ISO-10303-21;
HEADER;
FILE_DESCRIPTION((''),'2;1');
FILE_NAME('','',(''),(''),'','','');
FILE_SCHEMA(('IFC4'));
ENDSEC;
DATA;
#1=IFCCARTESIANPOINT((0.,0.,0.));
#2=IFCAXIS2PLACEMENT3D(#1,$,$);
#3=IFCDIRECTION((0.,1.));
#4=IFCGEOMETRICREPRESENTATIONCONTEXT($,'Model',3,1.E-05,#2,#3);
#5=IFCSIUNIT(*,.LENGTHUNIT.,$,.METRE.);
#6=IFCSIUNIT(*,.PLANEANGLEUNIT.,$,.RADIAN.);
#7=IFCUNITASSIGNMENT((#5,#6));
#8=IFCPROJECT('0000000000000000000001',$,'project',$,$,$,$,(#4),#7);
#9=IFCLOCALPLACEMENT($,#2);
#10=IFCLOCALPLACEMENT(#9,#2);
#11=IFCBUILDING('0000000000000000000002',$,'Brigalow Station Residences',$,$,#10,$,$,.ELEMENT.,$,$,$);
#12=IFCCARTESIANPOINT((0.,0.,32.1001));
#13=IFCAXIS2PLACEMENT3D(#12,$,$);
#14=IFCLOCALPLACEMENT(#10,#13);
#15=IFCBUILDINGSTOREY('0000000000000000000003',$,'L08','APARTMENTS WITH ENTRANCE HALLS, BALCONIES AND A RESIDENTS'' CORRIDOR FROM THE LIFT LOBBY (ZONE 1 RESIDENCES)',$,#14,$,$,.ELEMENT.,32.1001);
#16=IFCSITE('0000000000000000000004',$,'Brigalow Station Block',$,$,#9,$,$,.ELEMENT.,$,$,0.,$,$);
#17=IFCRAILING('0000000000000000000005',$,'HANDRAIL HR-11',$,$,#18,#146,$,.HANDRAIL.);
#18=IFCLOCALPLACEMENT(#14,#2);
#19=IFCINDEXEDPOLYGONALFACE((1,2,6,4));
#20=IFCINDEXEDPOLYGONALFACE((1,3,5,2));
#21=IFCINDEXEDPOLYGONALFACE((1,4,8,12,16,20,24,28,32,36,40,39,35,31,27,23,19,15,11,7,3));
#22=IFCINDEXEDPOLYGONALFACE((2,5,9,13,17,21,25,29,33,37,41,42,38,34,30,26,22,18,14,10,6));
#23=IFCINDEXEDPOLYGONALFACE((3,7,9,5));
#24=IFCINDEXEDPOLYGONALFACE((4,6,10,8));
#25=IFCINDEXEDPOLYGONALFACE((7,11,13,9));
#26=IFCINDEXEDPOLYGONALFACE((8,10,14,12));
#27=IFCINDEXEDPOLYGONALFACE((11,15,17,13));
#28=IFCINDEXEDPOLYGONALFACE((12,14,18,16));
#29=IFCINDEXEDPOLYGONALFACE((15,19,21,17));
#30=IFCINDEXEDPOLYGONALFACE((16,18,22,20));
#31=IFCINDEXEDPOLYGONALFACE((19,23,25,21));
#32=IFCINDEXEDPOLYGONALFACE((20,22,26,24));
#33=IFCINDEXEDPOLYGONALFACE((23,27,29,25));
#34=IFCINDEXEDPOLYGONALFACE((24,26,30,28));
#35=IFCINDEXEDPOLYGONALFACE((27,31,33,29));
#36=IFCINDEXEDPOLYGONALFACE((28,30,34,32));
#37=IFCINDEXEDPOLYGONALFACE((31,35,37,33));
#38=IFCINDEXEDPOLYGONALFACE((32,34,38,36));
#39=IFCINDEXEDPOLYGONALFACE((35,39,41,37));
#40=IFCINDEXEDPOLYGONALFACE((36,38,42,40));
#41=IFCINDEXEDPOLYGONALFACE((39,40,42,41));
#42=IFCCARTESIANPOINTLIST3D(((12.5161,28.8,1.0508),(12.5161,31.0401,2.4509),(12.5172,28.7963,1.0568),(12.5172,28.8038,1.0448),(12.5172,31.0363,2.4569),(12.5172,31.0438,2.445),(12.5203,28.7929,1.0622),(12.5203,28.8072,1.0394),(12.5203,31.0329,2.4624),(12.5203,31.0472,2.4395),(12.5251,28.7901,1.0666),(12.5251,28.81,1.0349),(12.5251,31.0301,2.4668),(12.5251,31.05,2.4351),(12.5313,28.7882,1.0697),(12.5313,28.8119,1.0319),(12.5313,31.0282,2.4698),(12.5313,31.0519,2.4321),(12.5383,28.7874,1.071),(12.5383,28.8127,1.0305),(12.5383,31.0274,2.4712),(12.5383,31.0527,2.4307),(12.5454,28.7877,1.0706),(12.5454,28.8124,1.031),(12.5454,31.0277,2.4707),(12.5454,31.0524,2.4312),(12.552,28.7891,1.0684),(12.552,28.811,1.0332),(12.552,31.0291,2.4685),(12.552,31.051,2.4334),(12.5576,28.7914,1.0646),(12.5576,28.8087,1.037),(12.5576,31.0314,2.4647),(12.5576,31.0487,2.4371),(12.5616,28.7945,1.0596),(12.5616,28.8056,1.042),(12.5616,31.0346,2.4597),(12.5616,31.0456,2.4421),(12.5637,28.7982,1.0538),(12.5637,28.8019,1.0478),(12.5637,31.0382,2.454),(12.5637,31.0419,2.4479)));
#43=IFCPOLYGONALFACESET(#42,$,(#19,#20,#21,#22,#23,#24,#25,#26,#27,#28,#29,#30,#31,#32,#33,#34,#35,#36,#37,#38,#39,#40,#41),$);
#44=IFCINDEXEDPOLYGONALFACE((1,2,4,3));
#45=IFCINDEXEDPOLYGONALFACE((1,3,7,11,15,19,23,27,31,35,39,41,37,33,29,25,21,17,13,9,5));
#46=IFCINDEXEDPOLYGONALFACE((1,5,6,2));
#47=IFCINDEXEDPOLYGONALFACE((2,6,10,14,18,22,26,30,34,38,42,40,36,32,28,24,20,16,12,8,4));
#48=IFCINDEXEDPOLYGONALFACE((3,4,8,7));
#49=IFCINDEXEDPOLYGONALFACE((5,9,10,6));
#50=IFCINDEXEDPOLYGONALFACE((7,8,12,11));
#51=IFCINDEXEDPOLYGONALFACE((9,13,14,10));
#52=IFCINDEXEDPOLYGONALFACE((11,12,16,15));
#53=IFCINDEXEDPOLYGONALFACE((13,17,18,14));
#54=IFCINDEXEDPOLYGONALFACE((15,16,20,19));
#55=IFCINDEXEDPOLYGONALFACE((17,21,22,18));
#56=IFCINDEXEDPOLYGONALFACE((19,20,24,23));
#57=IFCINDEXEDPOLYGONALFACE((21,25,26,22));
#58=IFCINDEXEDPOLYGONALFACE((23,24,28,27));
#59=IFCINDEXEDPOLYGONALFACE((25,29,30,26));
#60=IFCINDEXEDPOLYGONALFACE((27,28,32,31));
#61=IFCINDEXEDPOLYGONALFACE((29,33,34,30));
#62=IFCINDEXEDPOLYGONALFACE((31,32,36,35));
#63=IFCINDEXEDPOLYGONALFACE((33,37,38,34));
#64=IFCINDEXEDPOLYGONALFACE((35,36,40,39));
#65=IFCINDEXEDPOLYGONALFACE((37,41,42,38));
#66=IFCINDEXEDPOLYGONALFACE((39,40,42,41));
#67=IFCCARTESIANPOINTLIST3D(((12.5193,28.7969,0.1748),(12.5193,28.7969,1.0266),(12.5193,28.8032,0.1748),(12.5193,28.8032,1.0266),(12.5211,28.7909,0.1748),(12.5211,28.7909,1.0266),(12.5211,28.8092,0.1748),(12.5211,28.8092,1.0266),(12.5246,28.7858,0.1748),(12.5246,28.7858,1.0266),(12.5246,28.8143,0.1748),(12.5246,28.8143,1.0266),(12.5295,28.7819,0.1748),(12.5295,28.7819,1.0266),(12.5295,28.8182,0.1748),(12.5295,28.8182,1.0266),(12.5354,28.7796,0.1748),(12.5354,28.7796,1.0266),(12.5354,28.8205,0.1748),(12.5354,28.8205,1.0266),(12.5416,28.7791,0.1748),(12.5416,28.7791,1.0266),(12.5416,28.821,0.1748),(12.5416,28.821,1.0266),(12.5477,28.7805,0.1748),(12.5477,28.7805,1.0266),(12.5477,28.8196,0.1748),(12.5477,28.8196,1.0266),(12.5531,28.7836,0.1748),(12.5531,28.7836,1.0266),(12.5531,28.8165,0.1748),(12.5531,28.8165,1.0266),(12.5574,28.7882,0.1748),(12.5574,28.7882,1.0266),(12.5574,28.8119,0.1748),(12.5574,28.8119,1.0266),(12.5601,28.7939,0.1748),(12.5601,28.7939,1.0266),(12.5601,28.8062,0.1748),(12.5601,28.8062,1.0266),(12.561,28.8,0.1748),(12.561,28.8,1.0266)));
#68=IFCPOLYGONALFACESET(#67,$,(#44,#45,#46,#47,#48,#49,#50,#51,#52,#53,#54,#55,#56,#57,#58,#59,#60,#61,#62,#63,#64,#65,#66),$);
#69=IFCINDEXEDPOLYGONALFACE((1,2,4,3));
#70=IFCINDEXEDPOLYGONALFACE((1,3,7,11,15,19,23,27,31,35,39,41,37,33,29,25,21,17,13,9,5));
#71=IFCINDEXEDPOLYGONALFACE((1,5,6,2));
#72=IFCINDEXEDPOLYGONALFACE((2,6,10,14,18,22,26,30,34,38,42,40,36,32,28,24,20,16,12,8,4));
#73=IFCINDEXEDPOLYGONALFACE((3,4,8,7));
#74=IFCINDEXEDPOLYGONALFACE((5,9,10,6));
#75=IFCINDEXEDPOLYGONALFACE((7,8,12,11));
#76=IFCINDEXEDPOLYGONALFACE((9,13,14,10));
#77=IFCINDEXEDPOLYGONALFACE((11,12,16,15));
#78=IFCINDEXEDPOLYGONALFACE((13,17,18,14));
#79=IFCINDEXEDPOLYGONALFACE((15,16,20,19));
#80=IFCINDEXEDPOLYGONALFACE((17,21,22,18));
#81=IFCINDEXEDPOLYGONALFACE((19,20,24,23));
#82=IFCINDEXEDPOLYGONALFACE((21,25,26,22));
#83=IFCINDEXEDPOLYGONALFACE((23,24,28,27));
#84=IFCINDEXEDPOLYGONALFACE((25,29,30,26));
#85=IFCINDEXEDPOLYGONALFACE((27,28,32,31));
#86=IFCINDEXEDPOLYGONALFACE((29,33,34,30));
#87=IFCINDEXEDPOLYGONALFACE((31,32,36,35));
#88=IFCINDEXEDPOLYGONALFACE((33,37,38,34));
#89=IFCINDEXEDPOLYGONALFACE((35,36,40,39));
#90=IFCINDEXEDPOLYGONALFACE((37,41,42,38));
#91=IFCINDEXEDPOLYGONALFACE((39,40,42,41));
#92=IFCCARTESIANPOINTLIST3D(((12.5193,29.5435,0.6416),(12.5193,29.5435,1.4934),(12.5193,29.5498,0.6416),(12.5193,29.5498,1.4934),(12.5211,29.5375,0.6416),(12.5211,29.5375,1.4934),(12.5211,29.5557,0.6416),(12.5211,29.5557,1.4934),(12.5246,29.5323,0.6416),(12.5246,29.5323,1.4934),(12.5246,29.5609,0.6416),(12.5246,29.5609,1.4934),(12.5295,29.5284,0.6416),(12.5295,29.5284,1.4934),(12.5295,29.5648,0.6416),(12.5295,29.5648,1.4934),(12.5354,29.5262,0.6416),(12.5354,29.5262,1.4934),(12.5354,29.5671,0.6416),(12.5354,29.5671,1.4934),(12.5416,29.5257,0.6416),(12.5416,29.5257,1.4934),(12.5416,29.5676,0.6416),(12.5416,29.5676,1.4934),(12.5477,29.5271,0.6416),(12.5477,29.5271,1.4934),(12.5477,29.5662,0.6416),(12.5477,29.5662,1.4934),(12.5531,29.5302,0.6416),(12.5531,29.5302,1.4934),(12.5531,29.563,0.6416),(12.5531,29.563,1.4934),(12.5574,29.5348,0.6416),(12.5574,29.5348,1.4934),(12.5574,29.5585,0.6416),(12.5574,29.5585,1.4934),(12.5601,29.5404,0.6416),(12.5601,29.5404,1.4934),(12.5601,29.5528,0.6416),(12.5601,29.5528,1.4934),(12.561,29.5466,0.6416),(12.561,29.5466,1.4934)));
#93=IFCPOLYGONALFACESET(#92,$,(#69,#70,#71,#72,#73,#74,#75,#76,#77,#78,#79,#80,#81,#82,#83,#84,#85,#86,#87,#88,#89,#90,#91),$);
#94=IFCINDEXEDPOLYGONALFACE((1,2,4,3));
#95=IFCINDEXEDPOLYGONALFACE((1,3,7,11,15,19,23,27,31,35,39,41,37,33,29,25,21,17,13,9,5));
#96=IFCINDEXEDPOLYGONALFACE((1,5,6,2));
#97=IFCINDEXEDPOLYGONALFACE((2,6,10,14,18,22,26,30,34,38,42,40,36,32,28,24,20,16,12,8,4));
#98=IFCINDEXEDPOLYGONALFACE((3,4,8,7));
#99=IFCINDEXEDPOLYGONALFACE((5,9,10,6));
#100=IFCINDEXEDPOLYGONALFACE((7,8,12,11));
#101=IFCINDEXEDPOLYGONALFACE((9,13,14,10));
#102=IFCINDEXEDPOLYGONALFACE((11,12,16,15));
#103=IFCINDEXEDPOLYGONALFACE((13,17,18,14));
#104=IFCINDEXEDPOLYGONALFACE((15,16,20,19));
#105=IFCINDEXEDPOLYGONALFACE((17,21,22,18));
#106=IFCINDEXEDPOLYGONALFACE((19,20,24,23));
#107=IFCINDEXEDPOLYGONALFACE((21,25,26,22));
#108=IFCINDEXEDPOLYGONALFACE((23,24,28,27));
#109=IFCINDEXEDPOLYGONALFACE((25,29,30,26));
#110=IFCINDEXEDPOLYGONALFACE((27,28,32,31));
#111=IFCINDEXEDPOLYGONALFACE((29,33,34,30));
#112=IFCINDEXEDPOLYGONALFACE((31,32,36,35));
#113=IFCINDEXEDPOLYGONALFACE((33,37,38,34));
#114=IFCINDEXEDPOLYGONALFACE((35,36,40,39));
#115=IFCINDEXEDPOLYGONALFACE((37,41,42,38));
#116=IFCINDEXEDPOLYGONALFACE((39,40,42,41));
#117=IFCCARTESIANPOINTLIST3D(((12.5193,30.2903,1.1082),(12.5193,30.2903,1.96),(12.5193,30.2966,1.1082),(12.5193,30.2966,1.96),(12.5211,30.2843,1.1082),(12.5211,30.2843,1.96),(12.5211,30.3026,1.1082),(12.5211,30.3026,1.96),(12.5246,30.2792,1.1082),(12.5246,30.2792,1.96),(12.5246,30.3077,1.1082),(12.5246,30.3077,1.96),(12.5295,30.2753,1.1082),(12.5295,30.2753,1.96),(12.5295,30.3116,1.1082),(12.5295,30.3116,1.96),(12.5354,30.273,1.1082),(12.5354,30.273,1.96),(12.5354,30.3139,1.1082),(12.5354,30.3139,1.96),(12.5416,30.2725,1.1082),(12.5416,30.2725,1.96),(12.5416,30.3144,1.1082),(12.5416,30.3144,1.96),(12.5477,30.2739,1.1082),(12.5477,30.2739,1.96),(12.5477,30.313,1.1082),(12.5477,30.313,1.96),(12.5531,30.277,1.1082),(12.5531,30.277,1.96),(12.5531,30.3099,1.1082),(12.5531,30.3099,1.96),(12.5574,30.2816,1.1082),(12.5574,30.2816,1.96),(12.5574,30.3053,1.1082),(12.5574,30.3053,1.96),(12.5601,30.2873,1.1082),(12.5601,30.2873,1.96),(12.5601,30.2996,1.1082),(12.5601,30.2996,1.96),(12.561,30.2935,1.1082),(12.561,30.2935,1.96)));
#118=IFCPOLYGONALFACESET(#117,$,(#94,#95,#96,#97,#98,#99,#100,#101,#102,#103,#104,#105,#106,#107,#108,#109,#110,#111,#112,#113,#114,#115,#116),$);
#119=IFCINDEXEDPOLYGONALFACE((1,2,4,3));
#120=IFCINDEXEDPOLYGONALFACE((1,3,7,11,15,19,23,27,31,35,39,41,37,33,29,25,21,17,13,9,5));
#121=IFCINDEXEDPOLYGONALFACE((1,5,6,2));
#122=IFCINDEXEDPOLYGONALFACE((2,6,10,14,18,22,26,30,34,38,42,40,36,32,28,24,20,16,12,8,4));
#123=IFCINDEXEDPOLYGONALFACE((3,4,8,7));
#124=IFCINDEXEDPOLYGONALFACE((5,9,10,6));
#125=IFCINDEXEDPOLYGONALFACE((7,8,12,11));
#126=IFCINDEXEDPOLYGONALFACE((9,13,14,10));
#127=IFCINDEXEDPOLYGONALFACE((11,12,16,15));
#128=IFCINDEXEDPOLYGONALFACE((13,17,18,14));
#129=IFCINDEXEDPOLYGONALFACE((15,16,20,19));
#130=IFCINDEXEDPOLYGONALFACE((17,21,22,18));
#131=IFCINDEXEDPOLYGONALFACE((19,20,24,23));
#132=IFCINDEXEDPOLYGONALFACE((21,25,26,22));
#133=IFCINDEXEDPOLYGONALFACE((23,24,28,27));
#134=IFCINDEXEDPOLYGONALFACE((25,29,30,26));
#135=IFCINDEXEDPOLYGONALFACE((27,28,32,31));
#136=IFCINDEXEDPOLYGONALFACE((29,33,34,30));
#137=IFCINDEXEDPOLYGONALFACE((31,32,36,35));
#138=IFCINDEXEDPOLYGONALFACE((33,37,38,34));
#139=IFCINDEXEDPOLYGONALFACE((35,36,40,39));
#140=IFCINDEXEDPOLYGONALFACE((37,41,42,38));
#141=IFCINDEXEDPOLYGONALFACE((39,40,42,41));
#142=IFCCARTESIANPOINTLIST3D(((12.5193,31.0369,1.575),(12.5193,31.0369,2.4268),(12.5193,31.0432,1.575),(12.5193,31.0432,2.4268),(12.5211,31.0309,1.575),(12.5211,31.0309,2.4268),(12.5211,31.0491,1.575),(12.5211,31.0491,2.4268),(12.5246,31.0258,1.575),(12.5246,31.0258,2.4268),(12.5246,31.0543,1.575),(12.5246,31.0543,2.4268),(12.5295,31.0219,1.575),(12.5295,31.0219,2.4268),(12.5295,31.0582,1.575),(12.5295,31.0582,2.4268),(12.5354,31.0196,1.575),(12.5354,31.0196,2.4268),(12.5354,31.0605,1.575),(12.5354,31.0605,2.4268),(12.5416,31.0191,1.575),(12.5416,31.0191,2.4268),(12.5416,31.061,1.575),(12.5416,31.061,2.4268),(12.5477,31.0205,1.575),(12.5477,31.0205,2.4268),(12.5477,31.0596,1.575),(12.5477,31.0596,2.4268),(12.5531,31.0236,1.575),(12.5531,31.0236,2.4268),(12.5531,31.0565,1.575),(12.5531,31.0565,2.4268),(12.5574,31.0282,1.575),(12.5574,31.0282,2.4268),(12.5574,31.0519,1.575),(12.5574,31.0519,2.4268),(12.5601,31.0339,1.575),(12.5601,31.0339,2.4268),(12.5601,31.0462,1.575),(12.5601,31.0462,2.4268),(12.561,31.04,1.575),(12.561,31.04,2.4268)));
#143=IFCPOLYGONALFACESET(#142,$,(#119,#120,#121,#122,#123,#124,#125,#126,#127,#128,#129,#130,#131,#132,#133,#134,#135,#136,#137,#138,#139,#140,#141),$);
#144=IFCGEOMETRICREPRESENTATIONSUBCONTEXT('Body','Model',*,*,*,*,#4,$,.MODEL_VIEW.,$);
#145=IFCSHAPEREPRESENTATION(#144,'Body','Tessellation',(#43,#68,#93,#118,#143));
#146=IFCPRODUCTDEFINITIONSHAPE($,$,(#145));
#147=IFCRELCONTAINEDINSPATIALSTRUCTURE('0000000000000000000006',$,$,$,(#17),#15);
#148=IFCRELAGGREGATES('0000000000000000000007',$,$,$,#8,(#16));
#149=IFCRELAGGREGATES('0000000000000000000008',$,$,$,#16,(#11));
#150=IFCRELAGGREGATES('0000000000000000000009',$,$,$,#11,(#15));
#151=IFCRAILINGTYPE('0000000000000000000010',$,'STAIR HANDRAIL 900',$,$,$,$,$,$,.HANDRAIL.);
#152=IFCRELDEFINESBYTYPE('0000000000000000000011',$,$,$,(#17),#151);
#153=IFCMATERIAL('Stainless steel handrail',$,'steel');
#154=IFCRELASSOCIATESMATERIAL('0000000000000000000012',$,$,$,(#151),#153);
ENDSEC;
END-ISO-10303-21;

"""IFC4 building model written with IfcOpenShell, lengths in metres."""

from ifc_helpers import new_model, si_unit, direction, frame, origin, origin_2d, place, context, subcontext, project, spatial, circle, extrude, material, type_object, element, save


model = new_model("IFC4")

# Units and contexts
model_context = context("Model", 3, precision=1e-05, world=origin(), true_north=direction((0.0, 1.0)))
body_context = subcontext(model_context, "Body", "Model", "MODEL_VIEW")
ifc_project = project(units=[si_unit("LENGTHUNIT", "METRE"), si_unit("PLANEANGLEUNIT", "RADIAN")], contexts=[model_context])

# Site, building, storey
site_placement = place(None, origin())
site = spatial("IfcSite", under=ifc_project, at=site_placement, Name="Brigalow Station Block", CompositionType="ELEMENT", RefElevation=0.0)
building_placement = place(site_placement, origin())
building = spatial("IfcBuilding", under=site, at=building_placement, Name="Brigalow Station Residences", CompositionType="ELEMENT")
storey_placement = place(building_placement, frame((0.0, 0.0, 32.1001)))
storey = spatial("IfcBuildingStorey", under=building, at=storey_placement, Name="L08", Description="APARTMENTS WITH ENTRANCE HALLS, BALCONIES AND A RESIDENTS' CORRIDOR FROM THE LIFT LOBBY (ZONE 1 RESIDENCES)", CompositionType="ELEMENT", Elevation=32.1001)

# Railing
ifc_material_1 = material(Name="Stainless steel handrail", Category="steel")
railing_type = type_object("IfcRailingType", Name="STAIR HANDRAIL 900", PredefinedType="HANDRAIL", material=ifc_material_1)
railing_placement = place(storey_placement, frame((12.54, 28.8, 0.1748)))
element("IfcRailing", 1, at=railing_placement, inside=storey, type_object=railing_type, Name="HANDRAIL HR-11", PredefinedType="HANDRAIL", context=body_context, shape_type="SweptSolid", body=[
    extrude(circle(Radius=0.0239, at=origin_2d()), frame((0.0, 0.0, 0.876), z_axis=(0.0, 0.847972, 0.53004), x_axis=(-1.0, 0.0, 0.0)), (0.0, 0.0, 1.0), 2.6416),
    extrude(circle(Radius=0.021, at=origin_2d()), origin(), (0.0, 0.0, 1.0), 0.8518),
    extrude(circle(Radius=0.021, at=origin_2d()), frame((0.0, 0.7466, 0.4668)), (0.0, 0.0, 1.0), 0.8518),
    extrude(circle(Radius=0.021, at=origin_2d()), frame((0.0, 1.4934, 0.9333)), (0.0, 0.0, 1.0), 0.8518),
    extrude(circle(Radius=0.021, at=origin_2d()), frame((0.0, 2.24, 1.4001)), (0.0, 0.0, 1.0), 0.8518),
])

save(model, "model.ifc")
